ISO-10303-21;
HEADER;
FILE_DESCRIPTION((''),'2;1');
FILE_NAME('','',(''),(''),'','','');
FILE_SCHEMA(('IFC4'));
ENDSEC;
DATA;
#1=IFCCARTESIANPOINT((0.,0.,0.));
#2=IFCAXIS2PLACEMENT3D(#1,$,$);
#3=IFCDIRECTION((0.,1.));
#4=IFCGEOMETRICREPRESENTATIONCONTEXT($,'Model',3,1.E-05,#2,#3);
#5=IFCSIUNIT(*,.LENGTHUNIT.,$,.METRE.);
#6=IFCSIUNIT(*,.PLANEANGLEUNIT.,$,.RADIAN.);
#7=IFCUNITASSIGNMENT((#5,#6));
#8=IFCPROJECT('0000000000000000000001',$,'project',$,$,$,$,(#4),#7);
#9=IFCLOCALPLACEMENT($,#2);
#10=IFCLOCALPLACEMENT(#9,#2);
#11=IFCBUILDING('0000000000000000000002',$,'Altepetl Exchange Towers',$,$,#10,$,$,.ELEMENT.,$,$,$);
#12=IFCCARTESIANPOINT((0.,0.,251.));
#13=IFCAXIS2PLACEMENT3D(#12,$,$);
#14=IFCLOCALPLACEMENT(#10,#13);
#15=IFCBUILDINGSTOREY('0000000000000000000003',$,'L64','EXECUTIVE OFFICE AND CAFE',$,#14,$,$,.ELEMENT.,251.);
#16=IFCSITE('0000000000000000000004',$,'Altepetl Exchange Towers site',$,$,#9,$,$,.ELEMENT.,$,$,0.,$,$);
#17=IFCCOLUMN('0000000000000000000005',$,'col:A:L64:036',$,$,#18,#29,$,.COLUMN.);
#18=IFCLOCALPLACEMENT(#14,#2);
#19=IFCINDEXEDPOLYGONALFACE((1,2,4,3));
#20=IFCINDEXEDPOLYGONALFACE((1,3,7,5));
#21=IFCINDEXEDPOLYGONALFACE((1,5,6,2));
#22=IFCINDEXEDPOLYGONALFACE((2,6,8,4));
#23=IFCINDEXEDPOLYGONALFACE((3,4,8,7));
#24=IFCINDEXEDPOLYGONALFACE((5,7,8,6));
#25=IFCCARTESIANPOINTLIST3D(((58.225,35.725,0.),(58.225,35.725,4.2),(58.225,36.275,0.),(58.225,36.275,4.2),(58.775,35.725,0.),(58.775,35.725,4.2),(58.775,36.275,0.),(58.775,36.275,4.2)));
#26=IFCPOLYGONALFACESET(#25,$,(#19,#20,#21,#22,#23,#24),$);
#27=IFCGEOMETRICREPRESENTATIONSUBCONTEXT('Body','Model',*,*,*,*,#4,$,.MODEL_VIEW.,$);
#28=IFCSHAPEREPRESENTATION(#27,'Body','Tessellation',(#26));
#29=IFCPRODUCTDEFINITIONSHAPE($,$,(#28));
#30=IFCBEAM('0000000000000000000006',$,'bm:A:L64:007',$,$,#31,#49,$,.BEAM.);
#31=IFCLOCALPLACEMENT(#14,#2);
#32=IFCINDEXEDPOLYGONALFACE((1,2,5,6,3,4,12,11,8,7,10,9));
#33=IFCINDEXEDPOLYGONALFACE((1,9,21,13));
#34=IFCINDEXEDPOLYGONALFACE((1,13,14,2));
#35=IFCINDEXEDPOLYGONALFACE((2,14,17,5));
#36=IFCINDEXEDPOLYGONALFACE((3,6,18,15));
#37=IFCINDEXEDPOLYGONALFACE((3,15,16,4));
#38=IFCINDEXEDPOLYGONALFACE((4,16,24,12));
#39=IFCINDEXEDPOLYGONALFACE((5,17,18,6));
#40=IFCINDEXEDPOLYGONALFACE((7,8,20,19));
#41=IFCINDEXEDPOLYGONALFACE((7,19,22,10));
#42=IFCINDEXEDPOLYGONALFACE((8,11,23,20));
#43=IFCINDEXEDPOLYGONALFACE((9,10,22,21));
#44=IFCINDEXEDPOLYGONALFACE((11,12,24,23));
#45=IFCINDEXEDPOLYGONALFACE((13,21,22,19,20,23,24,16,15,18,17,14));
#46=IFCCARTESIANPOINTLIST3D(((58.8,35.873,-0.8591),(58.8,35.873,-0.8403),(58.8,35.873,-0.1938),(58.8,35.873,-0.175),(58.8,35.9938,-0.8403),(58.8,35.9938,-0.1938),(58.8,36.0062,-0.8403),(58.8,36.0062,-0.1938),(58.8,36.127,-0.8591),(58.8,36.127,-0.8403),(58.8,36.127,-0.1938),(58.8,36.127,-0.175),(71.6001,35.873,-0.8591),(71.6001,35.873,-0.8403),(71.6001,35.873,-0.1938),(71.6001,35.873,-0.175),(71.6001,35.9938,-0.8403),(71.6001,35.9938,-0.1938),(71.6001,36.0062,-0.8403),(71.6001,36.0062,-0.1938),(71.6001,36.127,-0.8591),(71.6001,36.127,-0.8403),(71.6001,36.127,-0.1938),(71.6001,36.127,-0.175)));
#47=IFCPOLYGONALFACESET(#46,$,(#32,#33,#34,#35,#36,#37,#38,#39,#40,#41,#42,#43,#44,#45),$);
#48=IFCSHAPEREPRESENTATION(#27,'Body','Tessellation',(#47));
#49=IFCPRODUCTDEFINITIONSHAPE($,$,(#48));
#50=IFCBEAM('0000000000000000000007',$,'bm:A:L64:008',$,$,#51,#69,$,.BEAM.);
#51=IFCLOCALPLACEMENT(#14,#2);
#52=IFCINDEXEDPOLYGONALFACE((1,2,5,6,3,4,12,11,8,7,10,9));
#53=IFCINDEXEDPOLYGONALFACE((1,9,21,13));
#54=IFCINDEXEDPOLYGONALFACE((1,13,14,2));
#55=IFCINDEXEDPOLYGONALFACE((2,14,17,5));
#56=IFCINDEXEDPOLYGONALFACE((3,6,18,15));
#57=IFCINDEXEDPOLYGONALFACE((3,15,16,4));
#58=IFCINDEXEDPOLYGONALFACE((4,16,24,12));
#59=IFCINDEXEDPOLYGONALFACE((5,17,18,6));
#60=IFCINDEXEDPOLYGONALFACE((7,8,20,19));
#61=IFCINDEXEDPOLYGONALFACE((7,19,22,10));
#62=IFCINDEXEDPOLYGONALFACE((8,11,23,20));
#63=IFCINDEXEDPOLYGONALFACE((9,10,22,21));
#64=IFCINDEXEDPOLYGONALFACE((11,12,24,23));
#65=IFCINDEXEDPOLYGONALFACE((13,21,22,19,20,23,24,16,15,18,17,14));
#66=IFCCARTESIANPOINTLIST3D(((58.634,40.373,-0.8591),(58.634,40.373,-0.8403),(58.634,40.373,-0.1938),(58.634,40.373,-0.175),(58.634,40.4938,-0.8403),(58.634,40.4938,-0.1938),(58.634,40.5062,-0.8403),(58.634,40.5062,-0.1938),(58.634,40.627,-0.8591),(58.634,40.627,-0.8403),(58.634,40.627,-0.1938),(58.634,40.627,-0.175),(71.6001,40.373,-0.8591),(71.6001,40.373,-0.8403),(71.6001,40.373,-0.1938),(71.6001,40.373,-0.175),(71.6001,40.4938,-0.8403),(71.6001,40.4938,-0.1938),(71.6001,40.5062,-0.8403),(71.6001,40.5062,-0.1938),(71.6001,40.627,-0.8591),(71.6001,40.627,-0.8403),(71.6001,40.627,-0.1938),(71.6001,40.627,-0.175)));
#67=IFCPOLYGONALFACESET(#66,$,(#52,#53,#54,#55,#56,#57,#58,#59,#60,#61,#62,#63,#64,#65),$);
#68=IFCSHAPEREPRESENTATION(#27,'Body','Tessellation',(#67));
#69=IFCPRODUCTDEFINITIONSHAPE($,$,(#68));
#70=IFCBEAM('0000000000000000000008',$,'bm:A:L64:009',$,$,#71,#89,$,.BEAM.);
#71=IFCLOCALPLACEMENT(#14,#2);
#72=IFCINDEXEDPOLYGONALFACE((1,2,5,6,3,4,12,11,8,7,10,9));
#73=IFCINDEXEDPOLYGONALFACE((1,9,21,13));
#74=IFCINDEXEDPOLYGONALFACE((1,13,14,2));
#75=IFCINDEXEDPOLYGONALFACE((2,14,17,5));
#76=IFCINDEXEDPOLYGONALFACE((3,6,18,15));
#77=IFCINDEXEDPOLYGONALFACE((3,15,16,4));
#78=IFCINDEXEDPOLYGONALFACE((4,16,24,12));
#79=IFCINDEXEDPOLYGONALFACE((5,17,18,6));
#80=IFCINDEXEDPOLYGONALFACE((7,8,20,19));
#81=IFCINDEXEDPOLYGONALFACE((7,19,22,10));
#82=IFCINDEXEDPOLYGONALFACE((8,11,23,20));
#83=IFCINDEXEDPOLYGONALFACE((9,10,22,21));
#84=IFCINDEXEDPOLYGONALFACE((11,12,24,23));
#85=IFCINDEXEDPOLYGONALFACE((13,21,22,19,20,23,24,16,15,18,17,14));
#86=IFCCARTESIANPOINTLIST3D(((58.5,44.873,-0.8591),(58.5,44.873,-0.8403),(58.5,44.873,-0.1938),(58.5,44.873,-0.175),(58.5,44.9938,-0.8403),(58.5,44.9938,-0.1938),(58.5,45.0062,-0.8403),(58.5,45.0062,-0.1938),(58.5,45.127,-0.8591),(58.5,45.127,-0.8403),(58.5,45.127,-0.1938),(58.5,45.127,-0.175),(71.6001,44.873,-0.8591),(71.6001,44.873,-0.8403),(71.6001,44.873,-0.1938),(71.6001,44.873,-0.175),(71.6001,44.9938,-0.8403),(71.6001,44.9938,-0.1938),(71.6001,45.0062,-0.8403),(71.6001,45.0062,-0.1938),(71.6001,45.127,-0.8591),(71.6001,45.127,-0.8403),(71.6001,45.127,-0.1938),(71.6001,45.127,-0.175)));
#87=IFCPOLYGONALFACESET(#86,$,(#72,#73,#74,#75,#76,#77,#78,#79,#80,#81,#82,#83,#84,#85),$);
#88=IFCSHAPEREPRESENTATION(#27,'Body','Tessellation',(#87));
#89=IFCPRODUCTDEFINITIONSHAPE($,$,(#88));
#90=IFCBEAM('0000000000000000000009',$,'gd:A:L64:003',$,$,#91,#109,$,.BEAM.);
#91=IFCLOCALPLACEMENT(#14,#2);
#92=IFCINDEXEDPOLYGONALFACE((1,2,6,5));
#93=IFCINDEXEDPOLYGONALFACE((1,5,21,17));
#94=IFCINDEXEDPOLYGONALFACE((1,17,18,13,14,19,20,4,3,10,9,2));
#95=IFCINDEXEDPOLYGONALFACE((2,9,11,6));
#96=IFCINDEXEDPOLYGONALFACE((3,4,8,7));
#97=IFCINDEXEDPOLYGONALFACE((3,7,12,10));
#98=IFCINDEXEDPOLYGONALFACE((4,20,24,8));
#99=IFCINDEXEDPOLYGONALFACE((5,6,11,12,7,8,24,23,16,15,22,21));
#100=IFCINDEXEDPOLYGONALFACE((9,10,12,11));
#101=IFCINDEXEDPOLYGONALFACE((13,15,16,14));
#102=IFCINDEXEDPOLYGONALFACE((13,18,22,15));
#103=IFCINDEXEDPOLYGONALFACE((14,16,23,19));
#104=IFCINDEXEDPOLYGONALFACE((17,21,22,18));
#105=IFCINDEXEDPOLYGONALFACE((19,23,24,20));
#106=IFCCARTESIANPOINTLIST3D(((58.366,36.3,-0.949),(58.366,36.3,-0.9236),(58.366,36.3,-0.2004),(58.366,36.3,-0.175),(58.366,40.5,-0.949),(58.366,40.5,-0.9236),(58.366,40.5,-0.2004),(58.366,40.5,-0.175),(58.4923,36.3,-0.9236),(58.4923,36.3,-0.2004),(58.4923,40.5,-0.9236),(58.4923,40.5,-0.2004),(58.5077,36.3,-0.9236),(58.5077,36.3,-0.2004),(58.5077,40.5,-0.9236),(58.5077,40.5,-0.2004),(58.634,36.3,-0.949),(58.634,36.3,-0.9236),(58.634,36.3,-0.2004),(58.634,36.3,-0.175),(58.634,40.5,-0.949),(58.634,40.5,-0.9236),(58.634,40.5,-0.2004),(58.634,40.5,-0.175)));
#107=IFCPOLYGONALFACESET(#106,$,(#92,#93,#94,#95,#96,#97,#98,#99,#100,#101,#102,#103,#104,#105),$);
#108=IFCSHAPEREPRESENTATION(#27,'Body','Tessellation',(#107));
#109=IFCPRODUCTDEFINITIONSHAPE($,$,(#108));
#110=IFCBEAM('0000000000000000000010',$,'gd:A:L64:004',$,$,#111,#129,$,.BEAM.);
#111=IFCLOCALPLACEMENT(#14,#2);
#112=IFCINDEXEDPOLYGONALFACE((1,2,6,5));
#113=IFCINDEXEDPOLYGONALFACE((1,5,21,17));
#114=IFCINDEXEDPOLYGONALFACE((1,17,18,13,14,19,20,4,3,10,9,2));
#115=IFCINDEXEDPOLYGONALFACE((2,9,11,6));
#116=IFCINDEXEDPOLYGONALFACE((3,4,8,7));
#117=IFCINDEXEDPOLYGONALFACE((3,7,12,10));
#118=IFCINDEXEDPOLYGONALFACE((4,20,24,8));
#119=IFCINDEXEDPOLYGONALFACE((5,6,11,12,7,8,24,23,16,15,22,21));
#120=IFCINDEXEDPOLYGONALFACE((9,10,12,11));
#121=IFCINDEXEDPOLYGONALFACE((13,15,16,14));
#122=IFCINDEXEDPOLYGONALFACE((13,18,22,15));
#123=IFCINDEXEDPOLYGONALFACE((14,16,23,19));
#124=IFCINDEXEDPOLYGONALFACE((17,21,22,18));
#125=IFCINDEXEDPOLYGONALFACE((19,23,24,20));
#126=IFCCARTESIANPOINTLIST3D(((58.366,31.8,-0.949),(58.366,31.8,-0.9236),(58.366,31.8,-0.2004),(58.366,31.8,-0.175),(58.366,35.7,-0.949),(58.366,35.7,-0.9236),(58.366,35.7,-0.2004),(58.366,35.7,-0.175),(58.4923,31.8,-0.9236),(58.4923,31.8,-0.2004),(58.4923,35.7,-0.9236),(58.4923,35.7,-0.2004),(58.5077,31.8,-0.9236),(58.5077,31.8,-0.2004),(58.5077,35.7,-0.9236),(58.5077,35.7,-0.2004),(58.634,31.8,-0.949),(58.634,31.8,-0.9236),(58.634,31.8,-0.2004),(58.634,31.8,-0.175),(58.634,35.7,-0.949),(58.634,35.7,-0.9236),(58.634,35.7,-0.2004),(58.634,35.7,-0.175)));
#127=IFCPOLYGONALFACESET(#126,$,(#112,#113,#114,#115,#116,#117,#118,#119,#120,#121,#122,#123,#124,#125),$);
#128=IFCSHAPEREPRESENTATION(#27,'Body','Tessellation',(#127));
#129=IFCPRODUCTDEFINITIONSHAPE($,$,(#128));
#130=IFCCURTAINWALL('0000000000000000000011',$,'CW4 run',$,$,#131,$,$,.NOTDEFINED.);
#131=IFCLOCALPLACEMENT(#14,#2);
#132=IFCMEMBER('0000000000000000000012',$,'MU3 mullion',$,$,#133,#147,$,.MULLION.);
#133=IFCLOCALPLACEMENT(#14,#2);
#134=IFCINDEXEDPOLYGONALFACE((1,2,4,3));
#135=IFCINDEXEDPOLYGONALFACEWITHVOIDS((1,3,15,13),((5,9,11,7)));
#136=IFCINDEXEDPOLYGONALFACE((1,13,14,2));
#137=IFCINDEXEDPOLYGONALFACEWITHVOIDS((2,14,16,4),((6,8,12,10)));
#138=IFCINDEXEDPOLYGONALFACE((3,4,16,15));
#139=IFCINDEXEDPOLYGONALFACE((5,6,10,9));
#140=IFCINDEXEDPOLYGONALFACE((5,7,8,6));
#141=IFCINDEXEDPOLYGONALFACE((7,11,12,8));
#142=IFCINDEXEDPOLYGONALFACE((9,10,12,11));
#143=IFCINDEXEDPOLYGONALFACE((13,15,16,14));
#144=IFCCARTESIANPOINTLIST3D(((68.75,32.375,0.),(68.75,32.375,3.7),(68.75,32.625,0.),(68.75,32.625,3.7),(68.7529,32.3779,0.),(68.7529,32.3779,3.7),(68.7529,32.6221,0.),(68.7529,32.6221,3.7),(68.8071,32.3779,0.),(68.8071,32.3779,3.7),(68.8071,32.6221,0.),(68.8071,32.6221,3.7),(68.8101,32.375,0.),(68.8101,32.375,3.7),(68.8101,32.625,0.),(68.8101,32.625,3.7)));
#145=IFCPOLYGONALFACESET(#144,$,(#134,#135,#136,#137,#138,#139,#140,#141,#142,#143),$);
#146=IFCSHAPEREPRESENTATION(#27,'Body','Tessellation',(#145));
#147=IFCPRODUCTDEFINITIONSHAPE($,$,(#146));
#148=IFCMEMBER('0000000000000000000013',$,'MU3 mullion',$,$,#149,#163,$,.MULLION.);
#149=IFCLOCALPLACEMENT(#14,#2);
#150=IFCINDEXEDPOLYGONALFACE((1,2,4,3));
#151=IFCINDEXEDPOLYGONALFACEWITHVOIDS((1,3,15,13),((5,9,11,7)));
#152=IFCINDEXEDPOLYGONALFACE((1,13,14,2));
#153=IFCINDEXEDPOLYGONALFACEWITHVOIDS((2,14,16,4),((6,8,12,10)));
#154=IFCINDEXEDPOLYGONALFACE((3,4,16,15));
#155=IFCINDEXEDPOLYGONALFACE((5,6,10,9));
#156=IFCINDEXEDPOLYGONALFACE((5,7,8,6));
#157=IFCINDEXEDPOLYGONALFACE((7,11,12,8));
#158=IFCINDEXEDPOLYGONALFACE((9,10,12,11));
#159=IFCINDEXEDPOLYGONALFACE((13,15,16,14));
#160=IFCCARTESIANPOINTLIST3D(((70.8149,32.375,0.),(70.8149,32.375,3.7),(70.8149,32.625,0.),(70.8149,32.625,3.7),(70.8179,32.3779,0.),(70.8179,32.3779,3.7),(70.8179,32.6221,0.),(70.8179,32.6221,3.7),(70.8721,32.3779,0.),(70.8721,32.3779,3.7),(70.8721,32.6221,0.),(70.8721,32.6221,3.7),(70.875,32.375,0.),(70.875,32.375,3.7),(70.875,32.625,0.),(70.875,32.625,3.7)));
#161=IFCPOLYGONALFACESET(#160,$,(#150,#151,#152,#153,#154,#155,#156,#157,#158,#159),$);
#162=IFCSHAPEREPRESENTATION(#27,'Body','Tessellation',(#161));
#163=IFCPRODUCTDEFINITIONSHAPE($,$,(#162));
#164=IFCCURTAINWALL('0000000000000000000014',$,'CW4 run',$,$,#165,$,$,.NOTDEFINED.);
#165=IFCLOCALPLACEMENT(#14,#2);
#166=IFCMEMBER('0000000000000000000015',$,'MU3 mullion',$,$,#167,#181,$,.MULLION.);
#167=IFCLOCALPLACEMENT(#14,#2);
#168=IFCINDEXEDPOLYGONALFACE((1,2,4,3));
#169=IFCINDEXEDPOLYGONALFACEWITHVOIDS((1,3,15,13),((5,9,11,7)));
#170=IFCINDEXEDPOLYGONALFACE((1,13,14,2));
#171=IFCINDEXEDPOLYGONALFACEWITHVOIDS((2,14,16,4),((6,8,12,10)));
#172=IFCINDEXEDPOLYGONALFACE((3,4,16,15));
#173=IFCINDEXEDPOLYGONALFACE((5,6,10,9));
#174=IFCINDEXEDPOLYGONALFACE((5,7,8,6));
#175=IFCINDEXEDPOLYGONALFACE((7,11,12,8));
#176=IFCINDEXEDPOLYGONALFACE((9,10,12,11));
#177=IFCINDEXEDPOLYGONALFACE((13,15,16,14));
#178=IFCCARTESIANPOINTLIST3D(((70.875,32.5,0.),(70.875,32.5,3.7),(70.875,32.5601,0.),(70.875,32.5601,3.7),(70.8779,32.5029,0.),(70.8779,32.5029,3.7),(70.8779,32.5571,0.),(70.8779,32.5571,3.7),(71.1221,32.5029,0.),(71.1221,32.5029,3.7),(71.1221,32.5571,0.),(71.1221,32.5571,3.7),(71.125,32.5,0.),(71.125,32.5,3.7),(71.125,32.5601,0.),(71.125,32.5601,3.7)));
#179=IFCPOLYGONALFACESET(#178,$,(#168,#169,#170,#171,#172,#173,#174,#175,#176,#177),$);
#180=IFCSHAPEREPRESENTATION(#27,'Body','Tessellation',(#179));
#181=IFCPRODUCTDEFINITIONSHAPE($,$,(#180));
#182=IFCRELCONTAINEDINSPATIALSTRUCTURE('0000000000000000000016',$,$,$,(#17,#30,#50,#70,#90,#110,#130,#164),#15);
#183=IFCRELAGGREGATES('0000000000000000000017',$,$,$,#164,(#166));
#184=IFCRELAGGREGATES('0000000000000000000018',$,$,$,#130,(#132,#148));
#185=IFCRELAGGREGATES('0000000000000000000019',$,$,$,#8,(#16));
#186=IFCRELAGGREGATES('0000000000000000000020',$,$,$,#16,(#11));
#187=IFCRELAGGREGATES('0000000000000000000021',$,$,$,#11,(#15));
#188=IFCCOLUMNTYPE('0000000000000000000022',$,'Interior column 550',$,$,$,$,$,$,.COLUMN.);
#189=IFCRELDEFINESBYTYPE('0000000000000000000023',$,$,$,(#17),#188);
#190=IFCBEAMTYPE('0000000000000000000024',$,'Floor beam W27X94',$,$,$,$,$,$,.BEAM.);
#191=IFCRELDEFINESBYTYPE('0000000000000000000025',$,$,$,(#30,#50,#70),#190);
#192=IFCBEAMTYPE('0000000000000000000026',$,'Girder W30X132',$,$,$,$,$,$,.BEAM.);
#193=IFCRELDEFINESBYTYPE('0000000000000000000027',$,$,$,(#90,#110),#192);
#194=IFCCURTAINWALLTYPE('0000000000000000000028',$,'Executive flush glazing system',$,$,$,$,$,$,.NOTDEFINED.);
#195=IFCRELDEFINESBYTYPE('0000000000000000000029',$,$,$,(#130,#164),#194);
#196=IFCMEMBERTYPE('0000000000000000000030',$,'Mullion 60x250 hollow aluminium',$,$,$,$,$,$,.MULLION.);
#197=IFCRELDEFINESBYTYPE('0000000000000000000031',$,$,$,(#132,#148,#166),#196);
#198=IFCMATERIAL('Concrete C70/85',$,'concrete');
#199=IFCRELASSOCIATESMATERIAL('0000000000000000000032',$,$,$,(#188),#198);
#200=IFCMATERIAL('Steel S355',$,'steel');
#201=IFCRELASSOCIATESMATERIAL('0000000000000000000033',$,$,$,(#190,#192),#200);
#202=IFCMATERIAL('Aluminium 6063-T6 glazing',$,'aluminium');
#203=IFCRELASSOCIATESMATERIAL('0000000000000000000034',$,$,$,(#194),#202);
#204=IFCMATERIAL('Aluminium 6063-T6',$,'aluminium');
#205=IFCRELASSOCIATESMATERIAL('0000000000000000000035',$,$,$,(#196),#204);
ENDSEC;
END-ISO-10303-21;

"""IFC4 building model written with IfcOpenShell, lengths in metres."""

from ifc_helpers import new_model, si_unit, direction, frame, origin, origin_2d, place, context, subcontext, project, spatial, rectangle, hollow_rectangle, i_section, extrude, material, material_profile, profile_set, type_object, element, aggregate, save


model = new_model("IFC4")

# Units and contexts
model_context = context("Model", 3, precision=1e-05, world=origin(), true_north=direction((0.0, 1.0)))
body_context = subcontext(model_context, "Body", "Model", "MODEL_VIEW")
ifc_project = project(units=[si_unit("LENGTHUNIT", "METRE"), si_unit("PLANEANGLEUNIT", "RADIAN")], contexts=[model_context])

# Site, building, storey
site_placement = place(None, origin())
site = spatial("IfcSite", under=ifc_project, at=site_placement, Name="Altepetl Exchange Towers site", CompositionType="ELEMENT", RefElevation=0.0)
building_placement = place(site_placement, origin())
building = spatial("IfcBuilding", under=site, at=building_placement, Name="Altepetl Exchange Towers", CompositionType="ELEMENT")
storey_placement = place(building_placement, frame((0.0, 0.0, 251.0)))
storey = spatial("IfcBuildingStorey", under=building, at=storey_placement, Name="L64", Description="EXECUTIVE OFFICE AND CAFE", CompositionType="ELEMENT", Elevation=251.0)

# Column
ifc_material_1 = material(Name="Concrete C70/85", Category="concrete")
ifc_material_profile_1 = material_profile(ifc_material_1, rectangle(XDim=0.55, YDim=0.55, at=origin_2d()), Name="550 x 550")
ifc_profile_set_1 = profile_set([ifc_material_profile_1], Name="Concrete C70/85")
column_type = type_object("IfcColumnType", Name="Interior column 550", PredefinedType="COLUMN", material=ifc_profile_set_1)
column_placement = place(storey_placement, frame((58.5, 36.0, 0.0)))
element("IfcColumn", 1, at=column_placement, inside=storey, type_object=column_type, Name="col:A:L64:036", PredefinedType="COLUMN", context=body_context, shape_type="SweptSolid", body=[
    extrude(rectangle(XDim=0.55, YDim=0.55, at=origin_2d()), origin(), (0.0, 0.0, 1.0), 4.2),
])

# Beams
ifc_material_2 = material(Name="Steel S355", Category="steel")
ifc_material_profile_2 = material_profile(ifc_material_2, i_section(OverallWidth=0.2539, OverallDepth=0.6841, WebThickness=0.0125, FlangeThickness=0.0188, at=origin_2d()), Name="W27X94")
ifc_profile_set_2 = profile_set([ifc_material_profile_2], Name="Steel S355")
beam_type_1 = type_object("IfcBeamType", Name="Floor beam W27X94", PredefinedType="BEAM", material=ifc_profile_set_2)
beam_1_placement = place(storey_placement, frame((58.8, 36.0, -0.5171), z_axis=(1.0, 0.0, 0.0), x_axis=(0.0, 1.0, 0.0)))
element("IfcBeam", 2, at=beam_1_placement, inside=storey, type_object=beam_type_1, Name="bm:A:L64:007", PredefinedType="BEAM", context=body_context, shape_type="SweptSolid", body=[
    extrude(i_section(OverallWidth=0.2539, OverallDepth=0.6841, WebThickness=0.0125, FlangeThickness=0.0188, at=origin_2d()), origin(), (0.0, 0.0, 1.0), 12.8),
])
beam_2_placement = place(storey_placement, frame((58.634, 40.5, -0.5171), z_axis=(1.0, 0.0, 0.0), x_axis=(0.0, 1.0, 0.0)))
element("IfcBeam", 3, at=beam_2_placement, inside=storey, type_object=beam_type_1, Name="bm:A:L64:008", PredefinedType="BEAM", context=body_context, shape_type="SweptSolid", body=[
    extrude(i_section(OverallWidth=0.2539, OverallDepth=0.6841, WebThickness=0.0125, FlangeThickness=0.0188, at=origin_2d()), origin(), (0.0, 0.0, 1.0), 12.9661),
])
beam_3_placement = place(storey_placement, frame((58.5, 45.0, -0.5171), z_axis=(1.0, 0.0, 0.0), x_axis=(0.0, 1.0, 0.0)))
element("IfcBeam", 4, at=beam_3_placement, inside=storey, type_object=beam_type_1, Name="bm:A:L64:009", PredefinedType="BEAM", context=body_context, shape_type="SweptSolid", body=[
    extrude(i_section(OverallWidth=0.2539, OverallDepth=0.6841, WebThickness=0.0125, FlangeThickness=0.0188, at=origin_2d()), origin(), (0.0, 0.0, 1.0), 13.1001),
])
ifc_material_profile_3 = material_profile(ifc_material_2, i_section(OverallWidth=0.2681, OverallDepth=0.7739, WebThickness=0.0154, FlangeThickness=0.0254, at=origin_2d()), Name="W30X132")
ifc_profile_set_3 = profile_set([ifc_material_profile_3], Name="Steel S355")
beam_type_2 = type_object("IfcBeamType", Name="Girder W30X132", PredefinedType="BEAM", material=ifc_profile_set_3)
beam_4_placement = place(storey_placement, frame((58.5, 40.5, -0.562), z_axis=(0.0, -1.0, 0.0), x_axis=(1.0, 0.0, 0.0)))
element("IfcBeam", 5, at=beam_4_placement, inside=storey, type_object=beam_type_2, Name="gd:A:L64:003", PredefinedType="BEAM", context=body_context, shape_type="SweptSolid", body=[
    extrude(i_section(OverallWidth=0.2681, OverallDepth=0.7739, WebThickness=0.0154, FlangeThickness=0.0254, at=origin_2d()), origin(), (0.0, 0.0, 1.0), 4.2),
])
beam_5_placement = place(storey_placement, frame((58.5, 35.7, -0.562), z_axis=(0.0, -1.0, 0.0), x_axis=(1.0, 0.0, 0.0)))
element("IfcBeam", 6, at=beam_5_placement, inside=storey, type_object=beam_type_2, Name="gd:A:L64:004", PredefinedType="BEAM", context=body_context, shape_type="SweptSolid", body=[
    extrude(i_section(OverallWidth=0.2681, OverallDepth=0.7739, WebThickness=0.0154, FlangeThickness=0.0254, at=origin_2d()), origin(), (0.0, 0.0, 1.0), 3.8999),
])

# Curtain wall, members
ifc_material_3 = material(Name="Aluminium 6063-T6 glazing", Category="aluminium")
curtain_wall_type = type_object("IfcCurtainWallType", Name="Executive flush glazing system", PredefinedType="NOTDEFINED", material=ifc_material_3)
curtain_wall_1_placement = place(storey_placement, origin())
curtain_wall_1 = element("IfcCurtainWall", 7, at=curtain_wall_1_placement, inside=storey, type_object=curtain_wall_type, Name="CW4 run", PredefinedType="NOTDEFINED")
ifc_material_4 = material(Name="Aluminium 6063-T6", Category="aluminium")
ifc_material_profile_4 = material_profile(ifc_material_4, hollow_rectangle(XDim=0.0601, YDim=0.25, WallThickness=0.0029, at=origin_2d()), Name="Mullion 60x250 hollow aluminium")
ifc_profile_set_4 = profile_set([ifc_material_profile_4], Name="Aluminium 6063-T6")
member_type_1 = type_object("IfcMemberType", Name="Mullion 60x250 hollow aluminium", PredefinedType="MULLION", material=ifc_profile_set_4)
member_1_placement = place(storey_placement, frame((68.78, 32.5, 0.0)))
member_1 = element("IfcMember", 8, at=member_1_placement, type_object=member_type_1, Name="MU3 mullion", PredefinedType="MULLION", context=body_context, shape_type="SweptSolid", body=[
    extrude(hollow_rectangle(XDim=0.0601, YDim=0.25, WallThickness=0.0029, at=origin_2d()), origin(), (0.0, 0.0, 1.0), 3.7),
])
member_2_placement = place(storey_placement, frame((70.845, 32.5, 0.0)))
member_2 = element("IfcMember", 9, at=member_2_placement, type_object=member_type_1, Name="MU3 mullion", PredefinedType="MULLION", context=body_context, shape_type="SweptSolid", body=[
    extrude(hollow_rectangle(XDim=0.0601, YDim=0.25, WallThickness=0.0029, at=origin_2d()), origin(), (0.0, 0.0, 1.0), 3.7),
])

# Curtain wall, member
curtain_wall_2_placement = place(storey_placement, origin())
curtain_wall_2 = element("IfcCurtainWall", 10, at=curtain_wall_2_placement, inside=storey, type_object=curtain_wall_type, Name="CW4 run", PredefinedType="NOTDEFINED")
member_3_placement = place(storey_placement, frame((71.0, 32.53, 0.0), z_axis=(0.0, 0.0, 1.0), x_axis=(0.0, 1.0, 0.0)))
member_3 = element("IfcMember", 11, at=member_3_placement, type_object=member_type_1, Name="MU3 mullion", PredefinedType="MULLION", context=body_context, shape_type="SweptSolid", body=[
    extrude(hollow_rectangle(XDim=0.0601, YDim=0.25, WallThickness=0.0029, at=origin_2d()), origin(), (0.0, 0.0, 1.0), 3.7),
])
aggregate(curtain_wall_2, [member_3])

aggregate(curtain_wall_1, [member_1, member_2])

save(model, "model.ifc")
